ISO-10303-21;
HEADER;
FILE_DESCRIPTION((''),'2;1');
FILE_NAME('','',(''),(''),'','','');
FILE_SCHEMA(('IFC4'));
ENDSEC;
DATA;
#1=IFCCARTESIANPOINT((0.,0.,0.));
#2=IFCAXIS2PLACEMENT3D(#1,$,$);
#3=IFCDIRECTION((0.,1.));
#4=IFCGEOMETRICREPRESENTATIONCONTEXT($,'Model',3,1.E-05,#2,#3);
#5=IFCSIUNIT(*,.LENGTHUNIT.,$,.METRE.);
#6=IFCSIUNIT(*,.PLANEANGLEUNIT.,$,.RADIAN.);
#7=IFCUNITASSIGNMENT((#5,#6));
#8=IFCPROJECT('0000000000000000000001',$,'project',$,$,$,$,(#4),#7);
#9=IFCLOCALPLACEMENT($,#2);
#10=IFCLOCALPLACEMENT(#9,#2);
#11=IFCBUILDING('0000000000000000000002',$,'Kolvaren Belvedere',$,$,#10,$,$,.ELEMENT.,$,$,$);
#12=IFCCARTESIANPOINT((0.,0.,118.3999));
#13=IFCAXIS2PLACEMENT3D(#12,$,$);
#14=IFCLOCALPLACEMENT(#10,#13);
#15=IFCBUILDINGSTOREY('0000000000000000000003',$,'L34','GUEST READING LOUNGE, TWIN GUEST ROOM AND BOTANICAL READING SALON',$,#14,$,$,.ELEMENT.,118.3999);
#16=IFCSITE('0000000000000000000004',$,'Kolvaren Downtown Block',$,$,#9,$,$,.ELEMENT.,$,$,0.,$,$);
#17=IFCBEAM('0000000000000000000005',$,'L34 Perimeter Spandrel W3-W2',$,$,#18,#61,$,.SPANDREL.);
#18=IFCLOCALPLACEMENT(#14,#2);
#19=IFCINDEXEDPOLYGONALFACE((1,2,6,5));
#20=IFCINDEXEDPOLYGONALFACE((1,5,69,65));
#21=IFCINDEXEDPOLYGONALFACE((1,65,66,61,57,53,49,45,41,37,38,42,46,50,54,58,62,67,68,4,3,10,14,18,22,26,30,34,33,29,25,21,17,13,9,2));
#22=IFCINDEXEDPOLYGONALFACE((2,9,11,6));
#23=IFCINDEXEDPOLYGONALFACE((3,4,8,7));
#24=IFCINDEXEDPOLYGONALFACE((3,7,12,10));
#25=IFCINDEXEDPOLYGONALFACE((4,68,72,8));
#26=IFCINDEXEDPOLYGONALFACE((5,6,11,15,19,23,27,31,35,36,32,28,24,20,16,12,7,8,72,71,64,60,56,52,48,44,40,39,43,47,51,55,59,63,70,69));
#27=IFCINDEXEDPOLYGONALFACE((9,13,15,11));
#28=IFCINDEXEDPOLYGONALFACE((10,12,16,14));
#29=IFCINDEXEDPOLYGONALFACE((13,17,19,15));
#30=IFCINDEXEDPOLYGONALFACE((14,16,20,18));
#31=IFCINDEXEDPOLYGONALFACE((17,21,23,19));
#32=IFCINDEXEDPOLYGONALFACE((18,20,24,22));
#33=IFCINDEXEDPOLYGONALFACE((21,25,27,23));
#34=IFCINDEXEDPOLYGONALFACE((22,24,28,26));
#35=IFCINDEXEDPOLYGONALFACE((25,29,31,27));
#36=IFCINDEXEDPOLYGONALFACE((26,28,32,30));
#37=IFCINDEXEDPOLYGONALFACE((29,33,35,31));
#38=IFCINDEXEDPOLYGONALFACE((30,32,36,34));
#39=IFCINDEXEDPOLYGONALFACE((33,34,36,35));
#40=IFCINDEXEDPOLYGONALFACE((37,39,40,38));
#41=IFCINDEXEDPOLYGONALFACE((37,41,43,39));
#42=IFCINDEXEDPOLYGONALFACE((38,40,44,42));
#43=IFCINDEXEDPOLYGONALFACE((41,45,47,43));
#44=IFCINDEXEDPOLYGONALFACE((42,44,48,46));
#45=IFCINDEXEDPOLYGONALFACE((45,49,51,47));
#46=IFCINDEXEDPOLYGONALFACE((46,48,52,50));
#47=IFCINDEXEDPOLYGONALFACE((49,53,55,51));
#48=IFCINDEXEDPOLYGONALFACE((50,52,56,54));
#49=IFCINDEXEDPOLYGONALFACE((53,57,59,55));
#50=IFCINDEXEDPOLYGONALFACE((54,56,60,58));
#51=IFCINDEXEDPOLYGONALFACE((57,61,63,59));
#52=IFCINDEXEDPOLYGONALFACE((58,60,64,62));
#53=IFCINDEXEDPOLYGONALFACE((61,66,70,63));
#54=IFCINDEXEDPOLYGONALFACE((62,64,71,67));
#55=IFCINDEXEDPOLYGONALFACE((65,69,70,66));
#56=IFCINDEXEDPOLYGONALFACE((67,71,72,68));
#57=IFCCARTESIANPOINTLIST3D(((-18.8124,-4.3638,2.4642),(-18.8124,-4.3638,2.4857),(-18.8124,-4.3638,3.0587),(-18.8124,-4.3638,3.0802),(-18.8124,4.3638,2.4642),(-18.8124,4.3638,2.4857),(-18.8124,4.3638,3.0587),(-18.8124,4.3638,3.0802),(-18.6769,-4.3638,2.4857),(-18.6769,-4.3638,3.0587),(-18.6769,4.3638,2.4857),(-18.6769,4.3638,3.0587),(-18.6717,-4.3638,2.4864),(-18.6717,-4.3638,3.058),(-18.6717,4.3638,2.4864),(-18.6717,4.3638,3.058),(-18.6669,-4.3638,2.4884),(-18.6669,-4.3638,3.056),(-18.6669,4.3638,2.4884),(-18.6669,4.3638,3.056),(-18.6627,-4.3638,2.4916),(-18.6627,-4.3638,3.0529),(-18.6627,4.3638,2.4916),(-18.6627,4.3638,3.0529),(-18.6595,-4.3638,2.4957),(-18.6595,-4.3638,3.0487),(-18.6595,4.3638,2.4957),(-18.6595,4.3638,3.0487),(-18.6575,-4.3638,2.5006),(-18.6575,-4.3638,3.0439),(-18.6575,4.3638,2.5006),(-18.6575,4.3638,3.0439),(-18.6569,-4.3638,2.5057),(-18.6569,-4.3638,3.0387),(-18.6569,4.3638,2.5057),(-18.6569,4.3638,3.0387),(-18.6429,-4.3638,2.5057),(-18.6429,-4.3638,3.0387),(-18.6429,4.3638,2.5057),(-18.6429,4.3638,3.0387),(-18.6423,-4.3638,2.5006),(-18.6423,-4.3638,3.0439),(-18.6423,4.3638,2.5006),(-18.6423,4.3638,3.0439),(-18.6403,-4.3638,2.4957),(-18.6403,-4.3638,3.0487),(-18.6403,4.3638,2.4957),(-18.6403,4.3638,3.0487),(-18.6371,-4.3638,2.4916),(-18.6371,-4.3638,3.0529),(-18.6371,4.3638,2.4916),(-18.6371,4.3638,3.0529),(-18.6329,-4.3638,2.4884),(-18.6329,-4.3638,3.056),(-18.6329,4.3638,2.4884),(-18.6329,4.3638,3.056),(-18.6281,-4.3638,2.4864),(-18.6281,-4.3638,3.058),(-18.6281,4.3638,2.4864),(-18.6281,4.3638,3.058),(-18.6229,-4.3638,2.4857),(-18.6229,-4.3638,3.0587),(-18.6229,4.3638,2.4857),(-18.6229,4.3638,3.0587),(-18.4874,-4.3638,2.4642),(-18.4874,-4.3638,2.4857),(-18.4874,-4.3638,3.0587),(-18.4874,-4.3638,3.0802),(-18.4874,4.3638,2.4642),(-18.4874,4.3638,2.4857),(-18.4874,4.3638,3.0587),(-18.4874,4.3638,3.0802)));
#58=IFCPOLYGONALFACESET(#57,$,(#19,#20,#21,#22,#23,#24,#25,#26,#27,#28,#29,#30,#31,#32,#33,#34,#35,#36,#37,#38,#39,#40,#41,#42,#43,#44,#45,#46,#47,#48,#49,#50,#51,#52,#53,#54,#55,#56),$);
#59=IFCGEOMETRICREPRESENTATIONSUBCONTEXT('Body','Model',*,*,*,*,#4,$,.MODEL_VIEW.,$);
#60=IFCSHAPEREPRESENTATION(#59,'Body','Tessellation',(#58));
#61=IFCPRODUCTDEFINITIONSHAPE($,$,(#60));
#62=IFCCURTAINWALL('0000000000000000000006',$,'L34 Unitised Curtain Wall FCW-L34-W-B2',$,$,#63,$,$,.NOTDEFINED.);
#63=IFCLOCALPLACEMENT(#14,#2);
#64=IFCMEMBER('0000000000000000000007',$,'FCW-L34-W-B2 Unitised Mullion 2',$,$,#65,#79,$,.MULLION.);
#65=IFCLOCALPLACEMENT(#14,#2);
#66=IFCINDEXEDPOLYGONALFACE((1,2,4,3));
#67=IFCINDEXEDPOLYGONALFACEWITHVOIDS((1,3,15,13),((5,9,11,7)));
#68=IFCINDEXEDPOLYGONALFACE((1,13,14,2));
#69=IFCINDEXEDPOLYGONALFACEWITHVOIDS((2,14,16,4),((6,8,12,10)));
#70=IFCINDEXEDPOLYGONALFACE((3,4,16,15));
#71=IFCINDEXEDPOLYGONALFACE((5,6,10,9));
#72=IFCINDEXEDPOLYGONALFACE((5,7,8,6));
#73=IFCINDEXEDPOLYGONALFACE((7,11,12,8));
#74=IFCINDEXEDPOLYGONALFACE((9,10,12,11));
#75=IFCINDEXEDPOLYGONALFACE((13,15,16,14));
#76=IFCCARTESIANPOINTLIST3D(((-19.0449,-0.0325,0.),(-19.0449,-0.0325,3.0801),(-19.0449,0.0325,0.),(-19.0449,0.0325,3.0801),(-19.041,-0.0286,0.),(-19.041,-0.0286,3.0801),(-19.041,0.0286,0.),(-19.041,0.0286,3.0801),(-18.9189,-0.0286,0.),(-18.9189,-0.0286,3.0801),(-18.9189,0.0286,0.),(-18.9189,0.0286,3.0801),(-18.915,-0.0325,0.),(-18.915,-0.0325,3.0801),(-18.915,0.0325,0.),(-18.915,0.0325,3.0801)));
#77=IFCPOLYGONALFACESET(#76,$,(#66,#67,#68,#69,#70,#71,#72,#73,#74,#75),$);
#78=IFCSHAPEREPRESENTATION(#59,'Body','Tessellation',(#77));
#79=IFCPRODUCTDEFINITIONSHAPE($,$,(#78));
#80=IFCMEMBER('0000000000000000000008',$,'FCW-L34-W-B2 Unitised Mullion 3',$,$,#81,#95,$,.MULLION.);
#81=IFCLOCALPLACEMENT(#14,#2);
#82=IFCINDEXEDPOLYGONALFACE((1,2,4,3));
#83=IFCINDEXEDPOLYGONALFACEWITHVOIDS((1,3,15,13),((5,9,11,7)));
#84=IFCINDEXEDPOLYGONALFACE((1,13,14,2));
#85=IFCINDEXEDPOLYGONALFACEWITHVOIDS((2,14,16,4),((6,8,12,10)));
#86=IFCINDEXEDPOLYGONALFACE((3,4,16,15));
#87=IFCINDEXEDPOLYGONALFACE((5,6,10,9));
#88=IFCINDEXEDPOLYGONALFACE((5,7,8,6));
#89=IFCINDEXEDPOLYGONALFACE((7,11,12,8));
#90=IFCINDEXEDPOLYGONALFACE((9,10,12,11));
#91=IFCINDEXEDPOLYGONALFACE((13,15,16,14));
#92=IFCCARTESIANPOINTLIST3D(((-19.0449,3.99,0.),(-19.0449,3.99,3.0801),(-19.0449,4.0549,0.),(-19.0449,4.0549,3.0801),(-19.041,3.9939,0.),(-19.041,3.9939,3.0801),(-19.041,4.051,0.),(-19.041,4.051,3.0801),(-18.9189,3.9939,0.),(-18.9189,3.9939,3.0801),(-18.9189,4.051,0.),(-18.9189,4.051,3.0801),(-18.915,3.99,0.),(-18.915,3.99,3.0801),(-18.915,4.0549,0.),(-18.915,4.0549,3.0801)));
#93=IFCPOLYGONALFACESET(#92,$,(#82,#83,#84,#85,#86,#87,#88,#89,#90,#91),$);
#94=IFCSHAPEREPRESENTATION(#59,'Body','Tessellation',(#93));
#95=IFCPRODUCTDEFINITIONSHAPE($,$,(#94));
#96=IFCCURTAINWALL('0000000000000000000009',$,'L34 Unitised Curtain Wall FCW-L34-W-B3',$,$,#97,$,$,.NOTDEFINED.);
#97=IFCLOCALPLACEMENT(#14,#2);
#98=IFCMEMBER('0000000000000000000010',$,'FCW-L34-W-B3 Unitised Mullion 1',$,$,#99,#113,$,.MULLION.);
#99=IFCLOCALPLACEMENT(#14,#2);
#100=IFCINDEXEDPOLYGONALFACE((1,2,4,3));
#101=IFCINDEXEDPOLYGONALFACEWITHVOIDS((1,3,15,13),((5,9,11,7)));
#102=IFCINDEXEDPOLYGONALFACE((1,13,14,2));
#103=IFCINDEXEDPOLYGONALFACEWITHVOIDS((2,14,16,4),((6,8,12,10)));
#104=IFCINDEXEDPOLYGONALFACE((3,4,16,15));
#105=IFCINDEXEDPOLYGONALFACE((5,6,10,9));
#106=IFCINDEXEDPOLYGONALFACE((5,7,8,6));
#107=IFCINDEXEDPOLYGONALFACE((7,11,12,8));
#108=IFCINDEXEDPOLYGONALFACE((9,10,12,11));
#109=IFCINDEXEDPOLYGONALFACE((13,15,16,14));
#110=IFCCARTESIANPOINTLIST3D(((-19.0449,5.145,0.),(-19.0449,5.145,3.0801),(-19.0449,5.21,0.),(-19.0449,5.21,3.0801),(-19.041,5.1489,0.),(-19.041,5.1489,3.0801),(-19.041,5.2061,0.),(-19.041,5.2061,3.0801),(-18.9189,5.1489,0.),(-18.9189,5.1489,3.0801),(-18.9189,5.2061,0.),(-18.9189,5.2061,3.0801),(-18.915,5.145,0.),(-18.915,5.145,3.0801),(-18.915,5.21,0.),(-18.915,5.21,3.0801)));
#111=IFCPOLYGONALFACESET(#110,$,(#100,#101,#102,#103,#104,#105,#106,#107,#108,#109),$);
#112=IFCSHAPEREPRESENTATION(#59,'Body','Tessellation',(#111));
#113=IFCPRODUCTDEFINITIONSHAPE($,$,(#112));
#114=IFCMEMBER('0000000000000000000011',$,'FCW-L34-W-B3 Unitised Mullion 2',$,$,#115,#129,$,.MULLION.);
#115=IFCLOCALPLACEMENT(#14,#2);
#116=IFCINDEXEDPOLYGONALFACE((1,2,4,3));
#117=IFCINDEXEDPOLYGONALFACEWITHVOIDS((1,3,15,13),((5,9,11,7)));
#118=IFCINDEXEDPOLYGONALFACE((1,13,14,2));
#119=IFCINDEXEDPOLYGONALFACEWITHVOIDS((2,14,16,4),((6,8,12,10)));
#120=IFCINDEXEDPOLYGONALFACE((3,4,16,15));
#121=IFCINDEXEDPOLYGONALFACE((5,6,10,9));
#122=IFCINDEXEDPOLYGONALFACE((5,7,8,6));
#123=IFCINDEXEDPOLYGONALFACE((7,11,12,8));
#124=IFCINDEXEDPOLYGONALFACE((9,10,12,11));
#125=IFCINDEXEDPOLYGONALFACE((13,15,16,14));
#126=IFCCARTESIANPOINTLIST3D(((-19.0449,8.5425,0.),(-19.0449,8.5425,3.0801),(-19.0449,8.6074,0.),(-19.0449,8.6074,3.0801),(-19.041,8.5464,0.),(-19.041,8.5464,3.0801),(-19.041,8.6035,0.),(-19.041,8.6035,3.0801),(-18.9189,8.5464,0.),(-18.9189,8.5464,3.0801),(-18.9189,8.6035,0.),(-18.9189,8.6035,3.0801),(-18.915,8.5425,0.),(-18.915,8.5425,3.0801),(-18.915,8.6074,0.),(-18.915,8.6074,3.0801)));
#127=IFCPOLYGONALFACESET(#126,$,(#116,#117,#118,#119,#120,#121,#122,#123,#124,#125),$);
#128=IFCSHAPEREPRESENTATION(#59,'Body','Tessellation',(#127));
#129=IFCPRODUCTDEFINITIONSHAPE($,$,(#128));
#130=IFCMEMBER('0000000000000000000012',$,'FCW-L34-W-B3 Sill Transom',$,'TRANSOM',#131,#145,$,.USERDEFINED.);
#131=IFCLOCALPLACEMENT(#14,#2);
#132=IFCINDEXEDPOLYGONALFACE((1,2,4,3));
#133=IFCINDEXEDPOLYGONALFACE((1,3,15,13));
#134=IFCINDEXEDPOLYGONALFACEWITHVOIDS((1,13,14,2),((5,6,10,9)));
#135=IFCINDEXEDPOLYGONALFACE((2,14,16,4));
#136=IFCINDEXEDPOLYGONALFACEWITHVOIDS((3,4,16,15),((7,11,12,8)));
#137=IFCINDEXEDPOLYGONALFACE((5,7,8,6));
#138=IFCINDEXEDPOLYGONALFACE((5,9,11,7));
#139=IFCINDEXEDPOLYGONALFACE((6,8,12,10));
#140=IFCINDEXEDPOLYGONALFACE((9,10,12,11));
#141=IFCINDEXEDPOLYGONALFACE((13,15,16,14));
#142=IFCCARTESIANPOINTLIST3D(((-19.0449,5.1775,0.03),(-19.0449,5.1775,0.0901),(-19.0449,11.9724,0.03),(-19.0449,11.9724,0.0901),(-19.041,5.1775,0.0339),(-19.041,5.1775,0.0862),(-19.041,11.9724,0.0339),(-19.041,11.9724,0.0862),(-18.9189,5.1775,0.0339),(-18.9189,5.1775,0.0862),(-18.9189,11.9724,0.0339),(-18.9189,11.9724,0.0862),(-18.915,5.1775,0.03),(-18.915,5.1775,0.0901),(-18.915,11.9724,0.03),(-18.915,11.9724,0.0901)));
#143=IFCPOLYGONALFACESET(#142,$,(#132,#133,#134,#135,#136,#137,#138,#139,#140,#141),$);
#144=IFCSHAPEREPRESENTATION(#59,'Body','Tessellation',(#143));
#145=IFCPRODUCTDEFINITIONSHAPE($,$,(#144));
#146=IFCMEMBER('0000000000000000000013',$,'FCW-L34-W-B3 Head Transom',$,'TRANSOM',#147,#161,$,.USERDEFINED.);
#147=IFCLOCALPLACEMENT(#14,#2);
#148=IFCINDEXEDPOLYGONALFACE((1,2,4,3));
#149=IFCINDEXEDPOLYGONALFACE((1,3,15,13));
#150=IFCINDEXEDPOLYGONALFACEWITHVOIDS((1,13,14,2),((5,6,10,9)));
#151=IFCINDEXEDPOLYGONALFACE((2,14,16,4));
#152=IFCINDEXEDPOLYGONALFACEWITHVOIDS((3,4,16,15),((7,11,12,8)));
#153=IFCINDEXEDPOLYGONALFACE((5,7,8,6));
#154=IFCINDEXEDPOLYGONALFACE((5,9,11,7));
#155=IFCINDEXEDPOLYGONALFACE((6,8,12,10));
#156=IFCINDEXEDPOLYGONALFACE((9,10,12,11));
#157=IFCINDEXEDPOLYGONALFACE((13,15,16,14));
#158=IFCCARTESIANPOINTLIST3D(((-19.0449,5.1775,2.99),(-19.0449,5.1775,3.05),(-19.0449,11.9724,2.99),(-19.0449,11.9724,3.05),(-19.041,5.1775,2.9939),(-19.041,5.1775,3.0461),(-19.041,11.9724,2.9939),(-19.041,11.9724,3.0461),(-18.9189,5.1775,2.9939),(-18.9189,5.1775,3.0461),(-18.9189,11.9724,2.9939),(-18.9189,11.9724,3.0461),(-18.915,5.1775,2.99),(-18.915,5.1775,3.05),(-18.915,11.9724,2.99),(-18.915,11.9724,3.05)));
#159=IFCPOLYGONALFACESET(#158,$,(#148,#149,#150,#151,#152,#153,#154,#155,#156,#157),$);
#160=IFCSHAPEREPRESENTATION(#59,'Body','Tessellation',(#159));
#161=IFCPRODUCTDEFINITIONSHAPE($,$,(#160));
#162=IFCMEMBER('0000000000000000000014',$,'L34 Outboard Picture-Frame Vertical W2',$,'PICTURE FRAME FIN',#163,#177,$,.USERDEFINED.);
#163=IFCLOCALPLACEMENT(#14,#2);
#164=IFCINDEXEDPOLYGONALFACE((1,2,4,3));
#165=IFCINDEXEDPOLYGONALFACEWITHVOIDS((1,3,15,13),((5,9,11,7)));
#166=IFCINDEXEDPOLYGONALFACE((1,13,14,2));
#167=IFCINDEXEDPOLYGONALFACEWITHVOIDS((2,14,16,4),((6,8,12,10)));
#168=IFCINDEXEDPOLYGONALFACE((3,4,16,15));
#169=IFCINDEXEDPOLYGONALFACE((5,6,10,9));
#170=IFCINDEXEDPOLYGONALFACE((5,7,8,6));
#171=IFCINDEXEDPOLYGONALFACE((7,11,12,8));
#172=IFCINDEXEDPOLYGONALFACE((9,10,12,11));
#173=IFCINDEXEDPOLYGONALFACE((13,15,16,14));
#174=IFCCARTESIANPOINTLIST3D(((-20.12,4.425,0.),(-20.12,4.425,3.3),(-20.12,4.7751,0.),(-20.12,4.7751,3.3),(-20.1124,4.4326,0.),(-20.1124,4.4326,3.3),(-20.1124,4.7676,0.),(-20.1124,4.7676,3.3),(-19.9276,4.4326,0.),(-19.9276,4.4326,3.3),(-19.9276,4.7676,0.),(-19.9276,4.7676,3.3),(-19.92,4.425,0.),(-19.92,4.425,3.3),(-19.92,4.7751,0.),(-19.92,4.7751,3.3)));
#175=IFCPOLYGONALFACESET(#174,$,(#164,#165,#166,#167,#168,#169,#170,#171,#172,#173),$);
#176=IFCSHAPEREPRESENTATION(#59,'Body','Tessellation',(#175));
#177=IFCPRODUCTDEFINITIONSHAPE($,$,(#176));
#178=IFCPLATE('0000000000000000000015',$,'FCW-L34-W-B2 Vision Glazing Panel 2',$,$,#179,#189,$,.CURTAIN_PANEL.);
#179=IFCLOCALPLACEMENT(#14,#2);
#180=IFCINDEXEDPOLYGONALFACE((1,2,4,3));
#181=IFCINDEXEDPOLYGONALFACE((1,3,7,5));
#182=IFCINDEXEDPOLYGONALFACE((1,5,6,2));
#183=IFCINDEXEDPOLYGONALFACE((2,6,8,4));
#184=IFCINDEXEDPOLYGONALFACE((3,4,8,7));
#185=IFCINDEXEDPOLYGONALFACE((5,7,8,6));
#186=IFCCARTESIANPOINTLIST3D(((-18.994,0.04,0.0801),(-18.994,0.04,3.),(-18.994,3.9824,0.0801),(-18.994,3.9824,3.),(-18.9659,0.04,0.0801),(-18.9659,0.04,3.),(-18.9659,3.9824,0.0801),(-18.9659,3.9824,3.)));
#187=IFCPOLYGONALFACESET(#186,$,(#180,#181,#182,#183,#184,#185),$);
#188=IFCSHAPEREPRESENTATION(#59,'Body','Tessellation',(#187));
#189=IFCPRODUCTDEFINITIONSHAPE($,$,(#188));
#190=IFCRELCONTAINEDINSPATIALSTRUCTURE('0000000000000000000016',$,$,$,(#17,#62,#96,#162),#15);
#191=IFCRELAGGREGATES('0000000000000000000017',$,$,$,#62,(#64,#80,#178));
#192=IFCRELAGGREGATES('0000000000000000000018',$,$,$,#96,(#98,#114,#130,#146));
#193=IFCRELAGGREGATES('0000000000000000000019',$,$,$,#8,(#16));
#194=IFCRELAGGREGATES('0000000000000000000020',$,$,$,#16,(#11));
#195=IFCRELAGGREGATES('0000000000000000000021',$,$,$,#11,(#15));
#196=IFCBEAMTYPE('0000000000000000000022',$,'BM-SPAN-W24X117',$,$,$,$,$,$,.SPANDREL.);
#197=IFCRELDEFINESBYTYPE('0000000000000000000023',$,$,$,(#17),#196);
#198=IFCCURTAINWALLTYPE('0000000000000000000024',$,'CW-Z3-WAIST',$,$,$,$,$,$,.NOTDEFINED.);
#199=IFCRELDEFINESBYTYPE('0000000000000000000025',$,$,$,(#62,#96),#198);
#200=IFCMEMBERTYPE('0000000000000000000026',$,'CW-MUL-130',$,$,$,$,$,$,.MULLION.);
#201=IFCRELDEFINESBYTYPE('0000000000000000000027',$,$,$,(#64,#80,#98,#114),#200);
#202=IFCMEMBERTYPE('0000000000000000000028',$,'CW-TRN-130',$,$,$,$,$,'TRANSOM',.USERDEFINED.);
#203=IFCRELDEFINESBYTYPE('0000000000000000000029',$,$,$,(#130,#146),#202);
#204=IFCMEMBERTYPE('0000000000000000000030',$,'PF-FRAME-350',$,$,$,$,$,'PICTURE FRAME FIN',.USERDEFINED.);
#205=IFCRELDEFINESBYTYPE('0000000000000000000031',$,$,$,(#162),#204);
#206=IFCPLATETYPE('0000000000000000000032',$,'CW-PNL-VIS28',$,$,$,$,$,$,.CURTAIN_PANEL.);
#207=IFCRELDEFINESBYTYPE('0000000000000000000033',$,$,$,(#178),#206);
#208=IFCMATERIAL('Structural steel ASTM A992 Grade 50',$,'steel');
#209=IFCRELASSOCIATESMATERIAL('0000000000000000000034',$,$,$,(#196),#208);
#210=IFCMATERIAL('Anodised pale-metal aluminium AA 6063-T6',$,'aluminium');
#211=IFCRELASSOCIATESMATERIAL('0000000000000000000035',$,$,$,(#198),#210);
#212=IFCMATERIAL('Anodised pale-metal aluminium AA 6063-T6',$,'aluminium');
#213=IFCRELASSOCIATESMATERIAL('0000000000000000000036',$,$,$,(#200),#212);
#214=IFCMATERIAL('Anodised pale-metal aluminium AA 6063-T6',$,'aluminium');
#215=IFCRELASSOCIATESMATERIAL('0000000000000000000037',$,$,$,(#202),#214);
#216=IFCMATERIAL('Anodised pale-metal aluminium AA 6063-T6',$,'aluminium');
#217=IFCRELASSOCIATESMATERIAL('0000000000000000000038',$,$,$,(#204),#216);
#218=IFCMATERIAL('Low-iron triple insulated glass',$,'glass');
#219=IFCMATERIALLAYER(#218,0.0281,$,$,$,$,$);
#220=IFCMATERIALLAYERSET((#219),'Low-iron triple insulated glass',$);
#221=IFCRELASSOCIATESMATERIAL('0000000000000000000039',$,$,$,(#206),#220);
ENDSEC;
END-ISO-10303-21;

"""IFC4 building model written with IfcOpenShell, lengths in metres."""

from ifc_helpers import new_model, si_unit, direction, frame, origin, origin_2d, place, context, subcontext, project, spatial, rectangle, hollow_rectangle, i_section, extrude, material, layer, layer_set, material_profile, profile_set, type_object, element, aggregate, save


model = new_model("IFC4")

# Units and contexts
model_context = context("Model", 3, precision=1e-05, world=origin(), true_north=direction((0.0, 1.0)))
body_context = subcontext(model_context, "Body", "Model", "MODEL_VIEW")
ifc_project = project(units=[si_unit("LENGTHUNIT", "METRE"), si_unit("PLANEANGLEUNIT", "RADIAN")], contexts=[model_context])

# Site, building, storey
site_placement = place(None, origin())
site = spatial("IfcSite", under=ifc_project, at=site_placement, Name="Kolvaren Downtown Block", CompositionType="ELEMENT", RefElevation=0.0)
building_placement = place(site_placement, origin())
building = spatial("IfcBuilding", under=site, at=building_placement, Name="Kolvaren Belvedere", CompositionType="ELEMENT")
storey_placement = place(building_placement, frame((0.0, 0.0, 118.3999)))
storey = spatial("IfcBuildingStorey", under=building, at=storey_placement, Name="L34", Description="GUEST READING LOUNGE, TWIN GUEST ROOM AND BOTANICAL READING SALON", CompositionType="ELEMENT", Elevation=118.3999)

# Beam
ifc_material_1 = material(Name="Structural steel ASTM A992 Grade 50", Category="steel")
ifc_material_profile_1 = material_profile(ifc_material_1, i_section(OverallWidth=0.325, OverallDepth=0.616, WebThickness=0.0139, FlangeThickness=0.0215, FilletRadius=0.02, at=origin_2d()), Name="W24X117")
ifc_profile_set_1 = profile_set([ifc_material_profile_1], Name="Structural steel ASTM A992 Grade 50")
beam_type_1 = type_object("IfcBeamType", Name="BM-SPAN-W24X117", PredefinedType="SPANDREL", material=ifc_profile_set_1)
beam_1_placement = place(storey_placement, frame((-18.6499, 4.3638, 2.7722), z_axis=(0.0, -1.0, 0.0), x_axis=(1.0, 0.0, 0.0)))
element("IfcBeam", 1, at=beam_1_placement, inside=storey, type_object=beam_type_1, Name="L34 Perimeter Spandrel W3-W2", PredefinedType="SPANDREL", context=body_context, shape_type="SweptSolid", body=[
    extrude(i_section(OverallWidth=0.325, OverallDepth=0.616, WebThickness=0.0139, FlangeThickness=0.0215, FilletRadius=0.02, at=origin_2d()), origin(), (0.0, 0.0, 1.0), 8.7275),
])

# Curtain walls, members
ifc_material_2 = material(Name="Anodised pale-metal aluminium AA 6063-T6", Category="aluminium")
curtain_wall_type = type_object("IfcCurtainWallType", Name="CW-Z3-WAIST", PredefinedType="NOTDEFINED", material=ifc_material_2)
curtain_wall_1_placement = place(storey_placement, origin())
curtain_wall_1 = element("IfcCurtainWall", 2, at=curtain_wall_1_placement, inside=storey, type_object=curtain_wall_type, Name="L34 Unitised Curtain Wall FCW-L34-W-B2", PredefinedType="NOTDEFINED")
ifc_material_3 = material(Name="Anodised pale-metal aluminium AA 6063-T6", Category="aluminium")
ifc_material_profile_2 = material_profile(ifc_material_3, hollow_rectangle(XDim=0.0649, YDim=0.1299, WallThickness=0.0039, at=origin_2d()), Name="ALU-MUL-130X65")
ifc_profile_set_2 = profile_set([ifc_material_profile_2], Name="Anodised pale-metal aluminium AA 6063-T6")
member_type_1 = type_object("IfcMemberType", Name="CW-MUL-130", PredefinedType="MULLION", material=ifc_profile_set_2)
member_1_placement = place(storey_placement, frame((-18.98, 0.0, 0.0), z_axis=(0.0, 0.0, 1.0), x_axis=(0.0, 1.0, 0.0)))
member_1 = element("IfcMember", 3, at=member_1_placement, type_object=member_type_1, Name="FCW-L34-W-B2 Unitised Mullion 2", PredefinedType="MULLION", context=body_context, shape_type="SweptSolid", body=[
    extrude(hollow_rectangle(XDim=0.0649, YDim=0.1299, WallThickness=0.0039, at=origin_2d()), origin(), (0.0, 0.0, 1.0), 3.0801),
])
member_2_placement = place(storey_placement, frame((-18.98, 4.0225, 0.0), z_axis=(0.0, 0.0, 1.0), x_axis=(0.0, 1.0, 0.0)))
member_2 = element("IfcMember", 4, at=member_2_placement, type_object=member_type_1, Name="FCW-L34-W-B2 Unitised Mullion 3", PredefinedType="MULLION", context=body_context, shape_type="SweptSolid", body=[
    extrude(hollow_rectangle(XDim=0.0649, YDim=0.1299, WallThickness=0.0039, at=origin_2d()), origin(), (0.0, 0.0, 1.0), 3.0801),
])
curtain_wall_2_placement = place(storey_placement, origin())
curtain_wall_2 = element("IfcCurtainWall", 5, at=curtain_wall_2_placement, inside=storey, type_object=curtain_wall_type, Name="L34 Unitised Curtain Wall FCW-L34-W-B3", PredefinedType="NOTDEFINED")
member_3_placement = place(storey_placement, frame((-18.98, 5.1775, 0.0), z_axis=(0.0, 0.0, 1.0), x_axis=(0.0, 1.0, 0.0)))
member_3 = element("IfcMember", 6, at=member_3_placement, type_object=member_type_1, Name="FCW-L34-W-B3 Unitised Mullion 1", PredefinedType="MULLION", context=body_context, shape_type="SweptSolid", body=[
    extrude(hollow_rectangle(XDim=0.0649, YDim=0.1299, WallThickness=0.0039, at=origin_2d()), origin(), (0.0, 0.0, 1.0), 3.0801),
])
member_4_placement = place(storey_placement, frame((-18.98, 8.575, 0.0), z_axis=(0.0, 0.0, 1.0), x_axis=(0.0, 1.0, 0.0)))
member_4 = element("IfcMember", 7, at=member_4_placement, type_object=member_type_1, Name="FCW-L34-W-B3 Unitised Mullion 2", PredefinedType="MULLION", context=body_context, shape_type="SweptSolid", body=[
    extrude(hollow_rectangle(XDim=0.0649, YDim=0.1299, WallThickness=0.0039, at=origin_2d()), origin(), (0.0, 0.0, 1.0), 3.0801),
])
ifc_material_4 = material(Name="Anodised pale-metal aluminium AA 6063-T6", Category="aluminium")
ifc_material_profile_3 = material_profile(ifc_material_4, hollow_rectangle(XDim=0.0601, YDim=0.1299, WallThickness=0.0039, at=origin_2d()), Name="ALU-TRN-130X60")
ifc_profile_set_3 = profile_set([ifc_material_profile_3], Name="Anodised pale-metal aluminium AA 6063-T6")
member_type_2 = type_object("IfcMemberType", Name="CW-TRN-130", ElementType="TRANSOM", PredefinedType="USERDEFINED", material=ifc_profile_set_3)
member_5_placement = place(storey_placement, frame((-18.98, 5.1775, 0.0601), z_axis=(0.0, 1.0, 0.0), x_axis=(0.0, 0.0, 1.0)))
member_5 = element("IfcMember", 8, at=member_5_placement, type_object=member_type_2, Name="FCW-L34-W-B3 Sill Transom", ObjectType="TRANSOM", PredefinedType="USERDEFINED", context=body_context, shape_type="SweptSolid", body=[
    extrude(hollow_rectangle(XDim=0.0601, YDim=0.1299, WallThickness=0.0039, at=origin_2d()), origin(), (0.0, 0.0, 1.0), 6.7949),
])
member_6_placement = place(storey_placement, frame((-18.98, 5.1775, 3.02), z_axis=(0.0, 1.0, 0.0), x_axis=(0.0, 0.0, 1.0)))
member_6 = element("IfcMember", 9, at=member_6_placement, type_object=member_type_2, Name="FCW-L34-W-B3 Head Transom", ObjectType="TRANSOM", PredefinedType="USERDEFINED", context=body_context, shape_type="SweptSolid", body=[
    extrude(hollow_rectangle(XDim=0.0601, YDim=0.1299, WallThickness=0.0039, at=origin_2d()), origin(), (0.0, 0.0, 1.0), 6.7949),
])

# Member
ifc_material_5 = material(Name="Anodised pale-metal aluminium AA 6063-T6", Category="aluminium")
ifc_material_profile_4 = material_profile(ifc_material_5, hollow_rectangle(XDim=0.2, YDim=0.3501, WallThickness=0.0076, at=origin_2d()), Name="ALU-PF-350X200")
ifc_profile_set_4 = profile_set([ifc_material_profile_4], Name="Anodised pale-metal aluminium AA 6063-T6")
member_type_3 = type_object("IfcMemberType", Name="PF-FRAME-350", ElementType="PICTURE FRAME FIN", PredefinedType="USERDEFINED", material=ifc_profile_set_4)
member_7_placement = place(storey_placement, frame((-20.02, 4.6001, 0.0), z_axis=(0.0, 0.0, 1.0), x_axis=(1.0, 0.0, 0.0)))
element("IfcMember", 10, at=member_7_placement, inside=storey, type_object=member_type_3, Name="L34 Outboard Picture-Frame Vertical W2", ObjectType="PICTURE FRAME FIN", PredefinedType="USERDEFINED", context=body_context, shape_type="SweptSolid", body=[
    extrude(hollow_rectangle(XDim=0.2, YDim=0.3501, WallThickness=0.0076, at=origin_2d()), origin(), (0.0, 0.0, 1.0), 3.3),
])

# Plate
ifc_material_6 = material(Name="Low-iron triple insulated glass", Category="glass")
ifc_layer_1 = layer(ifc_material_6, 0.0281)
ifc_layer_set_1 = layer_set([ifc_layer_1], Name="Low-iron triple insulated glass")
plate_type_1 = type_object("IfcPlateType", Name="CW-PNL-VIS28", PredefinedType="CURTAIN_PANEL", material=ifc_layer_set_1)
plate_1_placement = place(storey_placement, frame((-18.98, 2.0112, 0.0801), z_axis=(0.0, 0.0, 1.0), x_axis=(0.0, 1.0, 0.0)))
plate_1 = element("IfcPlate", 11, at=plate_1_placement, type_object=plate_type_1, Name="FCW-L34-W-B2 Vision Glazing Panel 2", PredefinedType="CURTAIN_PANEL", context=body_context, shape_type="SweptSolid", body=[
    extrude(rectangle(XDim=3.9424, YDim=0.0281, at=origin_2d()), origin(), (0.0, 0.0, 1.0), 2.9199),
])
aggregate(curtain_wall_1, [member_1, member_2, plate_1])
aggregate(curtain_wall_2, [member_3, member_4, member_5, member_6])

save(model, "model.ifc")
